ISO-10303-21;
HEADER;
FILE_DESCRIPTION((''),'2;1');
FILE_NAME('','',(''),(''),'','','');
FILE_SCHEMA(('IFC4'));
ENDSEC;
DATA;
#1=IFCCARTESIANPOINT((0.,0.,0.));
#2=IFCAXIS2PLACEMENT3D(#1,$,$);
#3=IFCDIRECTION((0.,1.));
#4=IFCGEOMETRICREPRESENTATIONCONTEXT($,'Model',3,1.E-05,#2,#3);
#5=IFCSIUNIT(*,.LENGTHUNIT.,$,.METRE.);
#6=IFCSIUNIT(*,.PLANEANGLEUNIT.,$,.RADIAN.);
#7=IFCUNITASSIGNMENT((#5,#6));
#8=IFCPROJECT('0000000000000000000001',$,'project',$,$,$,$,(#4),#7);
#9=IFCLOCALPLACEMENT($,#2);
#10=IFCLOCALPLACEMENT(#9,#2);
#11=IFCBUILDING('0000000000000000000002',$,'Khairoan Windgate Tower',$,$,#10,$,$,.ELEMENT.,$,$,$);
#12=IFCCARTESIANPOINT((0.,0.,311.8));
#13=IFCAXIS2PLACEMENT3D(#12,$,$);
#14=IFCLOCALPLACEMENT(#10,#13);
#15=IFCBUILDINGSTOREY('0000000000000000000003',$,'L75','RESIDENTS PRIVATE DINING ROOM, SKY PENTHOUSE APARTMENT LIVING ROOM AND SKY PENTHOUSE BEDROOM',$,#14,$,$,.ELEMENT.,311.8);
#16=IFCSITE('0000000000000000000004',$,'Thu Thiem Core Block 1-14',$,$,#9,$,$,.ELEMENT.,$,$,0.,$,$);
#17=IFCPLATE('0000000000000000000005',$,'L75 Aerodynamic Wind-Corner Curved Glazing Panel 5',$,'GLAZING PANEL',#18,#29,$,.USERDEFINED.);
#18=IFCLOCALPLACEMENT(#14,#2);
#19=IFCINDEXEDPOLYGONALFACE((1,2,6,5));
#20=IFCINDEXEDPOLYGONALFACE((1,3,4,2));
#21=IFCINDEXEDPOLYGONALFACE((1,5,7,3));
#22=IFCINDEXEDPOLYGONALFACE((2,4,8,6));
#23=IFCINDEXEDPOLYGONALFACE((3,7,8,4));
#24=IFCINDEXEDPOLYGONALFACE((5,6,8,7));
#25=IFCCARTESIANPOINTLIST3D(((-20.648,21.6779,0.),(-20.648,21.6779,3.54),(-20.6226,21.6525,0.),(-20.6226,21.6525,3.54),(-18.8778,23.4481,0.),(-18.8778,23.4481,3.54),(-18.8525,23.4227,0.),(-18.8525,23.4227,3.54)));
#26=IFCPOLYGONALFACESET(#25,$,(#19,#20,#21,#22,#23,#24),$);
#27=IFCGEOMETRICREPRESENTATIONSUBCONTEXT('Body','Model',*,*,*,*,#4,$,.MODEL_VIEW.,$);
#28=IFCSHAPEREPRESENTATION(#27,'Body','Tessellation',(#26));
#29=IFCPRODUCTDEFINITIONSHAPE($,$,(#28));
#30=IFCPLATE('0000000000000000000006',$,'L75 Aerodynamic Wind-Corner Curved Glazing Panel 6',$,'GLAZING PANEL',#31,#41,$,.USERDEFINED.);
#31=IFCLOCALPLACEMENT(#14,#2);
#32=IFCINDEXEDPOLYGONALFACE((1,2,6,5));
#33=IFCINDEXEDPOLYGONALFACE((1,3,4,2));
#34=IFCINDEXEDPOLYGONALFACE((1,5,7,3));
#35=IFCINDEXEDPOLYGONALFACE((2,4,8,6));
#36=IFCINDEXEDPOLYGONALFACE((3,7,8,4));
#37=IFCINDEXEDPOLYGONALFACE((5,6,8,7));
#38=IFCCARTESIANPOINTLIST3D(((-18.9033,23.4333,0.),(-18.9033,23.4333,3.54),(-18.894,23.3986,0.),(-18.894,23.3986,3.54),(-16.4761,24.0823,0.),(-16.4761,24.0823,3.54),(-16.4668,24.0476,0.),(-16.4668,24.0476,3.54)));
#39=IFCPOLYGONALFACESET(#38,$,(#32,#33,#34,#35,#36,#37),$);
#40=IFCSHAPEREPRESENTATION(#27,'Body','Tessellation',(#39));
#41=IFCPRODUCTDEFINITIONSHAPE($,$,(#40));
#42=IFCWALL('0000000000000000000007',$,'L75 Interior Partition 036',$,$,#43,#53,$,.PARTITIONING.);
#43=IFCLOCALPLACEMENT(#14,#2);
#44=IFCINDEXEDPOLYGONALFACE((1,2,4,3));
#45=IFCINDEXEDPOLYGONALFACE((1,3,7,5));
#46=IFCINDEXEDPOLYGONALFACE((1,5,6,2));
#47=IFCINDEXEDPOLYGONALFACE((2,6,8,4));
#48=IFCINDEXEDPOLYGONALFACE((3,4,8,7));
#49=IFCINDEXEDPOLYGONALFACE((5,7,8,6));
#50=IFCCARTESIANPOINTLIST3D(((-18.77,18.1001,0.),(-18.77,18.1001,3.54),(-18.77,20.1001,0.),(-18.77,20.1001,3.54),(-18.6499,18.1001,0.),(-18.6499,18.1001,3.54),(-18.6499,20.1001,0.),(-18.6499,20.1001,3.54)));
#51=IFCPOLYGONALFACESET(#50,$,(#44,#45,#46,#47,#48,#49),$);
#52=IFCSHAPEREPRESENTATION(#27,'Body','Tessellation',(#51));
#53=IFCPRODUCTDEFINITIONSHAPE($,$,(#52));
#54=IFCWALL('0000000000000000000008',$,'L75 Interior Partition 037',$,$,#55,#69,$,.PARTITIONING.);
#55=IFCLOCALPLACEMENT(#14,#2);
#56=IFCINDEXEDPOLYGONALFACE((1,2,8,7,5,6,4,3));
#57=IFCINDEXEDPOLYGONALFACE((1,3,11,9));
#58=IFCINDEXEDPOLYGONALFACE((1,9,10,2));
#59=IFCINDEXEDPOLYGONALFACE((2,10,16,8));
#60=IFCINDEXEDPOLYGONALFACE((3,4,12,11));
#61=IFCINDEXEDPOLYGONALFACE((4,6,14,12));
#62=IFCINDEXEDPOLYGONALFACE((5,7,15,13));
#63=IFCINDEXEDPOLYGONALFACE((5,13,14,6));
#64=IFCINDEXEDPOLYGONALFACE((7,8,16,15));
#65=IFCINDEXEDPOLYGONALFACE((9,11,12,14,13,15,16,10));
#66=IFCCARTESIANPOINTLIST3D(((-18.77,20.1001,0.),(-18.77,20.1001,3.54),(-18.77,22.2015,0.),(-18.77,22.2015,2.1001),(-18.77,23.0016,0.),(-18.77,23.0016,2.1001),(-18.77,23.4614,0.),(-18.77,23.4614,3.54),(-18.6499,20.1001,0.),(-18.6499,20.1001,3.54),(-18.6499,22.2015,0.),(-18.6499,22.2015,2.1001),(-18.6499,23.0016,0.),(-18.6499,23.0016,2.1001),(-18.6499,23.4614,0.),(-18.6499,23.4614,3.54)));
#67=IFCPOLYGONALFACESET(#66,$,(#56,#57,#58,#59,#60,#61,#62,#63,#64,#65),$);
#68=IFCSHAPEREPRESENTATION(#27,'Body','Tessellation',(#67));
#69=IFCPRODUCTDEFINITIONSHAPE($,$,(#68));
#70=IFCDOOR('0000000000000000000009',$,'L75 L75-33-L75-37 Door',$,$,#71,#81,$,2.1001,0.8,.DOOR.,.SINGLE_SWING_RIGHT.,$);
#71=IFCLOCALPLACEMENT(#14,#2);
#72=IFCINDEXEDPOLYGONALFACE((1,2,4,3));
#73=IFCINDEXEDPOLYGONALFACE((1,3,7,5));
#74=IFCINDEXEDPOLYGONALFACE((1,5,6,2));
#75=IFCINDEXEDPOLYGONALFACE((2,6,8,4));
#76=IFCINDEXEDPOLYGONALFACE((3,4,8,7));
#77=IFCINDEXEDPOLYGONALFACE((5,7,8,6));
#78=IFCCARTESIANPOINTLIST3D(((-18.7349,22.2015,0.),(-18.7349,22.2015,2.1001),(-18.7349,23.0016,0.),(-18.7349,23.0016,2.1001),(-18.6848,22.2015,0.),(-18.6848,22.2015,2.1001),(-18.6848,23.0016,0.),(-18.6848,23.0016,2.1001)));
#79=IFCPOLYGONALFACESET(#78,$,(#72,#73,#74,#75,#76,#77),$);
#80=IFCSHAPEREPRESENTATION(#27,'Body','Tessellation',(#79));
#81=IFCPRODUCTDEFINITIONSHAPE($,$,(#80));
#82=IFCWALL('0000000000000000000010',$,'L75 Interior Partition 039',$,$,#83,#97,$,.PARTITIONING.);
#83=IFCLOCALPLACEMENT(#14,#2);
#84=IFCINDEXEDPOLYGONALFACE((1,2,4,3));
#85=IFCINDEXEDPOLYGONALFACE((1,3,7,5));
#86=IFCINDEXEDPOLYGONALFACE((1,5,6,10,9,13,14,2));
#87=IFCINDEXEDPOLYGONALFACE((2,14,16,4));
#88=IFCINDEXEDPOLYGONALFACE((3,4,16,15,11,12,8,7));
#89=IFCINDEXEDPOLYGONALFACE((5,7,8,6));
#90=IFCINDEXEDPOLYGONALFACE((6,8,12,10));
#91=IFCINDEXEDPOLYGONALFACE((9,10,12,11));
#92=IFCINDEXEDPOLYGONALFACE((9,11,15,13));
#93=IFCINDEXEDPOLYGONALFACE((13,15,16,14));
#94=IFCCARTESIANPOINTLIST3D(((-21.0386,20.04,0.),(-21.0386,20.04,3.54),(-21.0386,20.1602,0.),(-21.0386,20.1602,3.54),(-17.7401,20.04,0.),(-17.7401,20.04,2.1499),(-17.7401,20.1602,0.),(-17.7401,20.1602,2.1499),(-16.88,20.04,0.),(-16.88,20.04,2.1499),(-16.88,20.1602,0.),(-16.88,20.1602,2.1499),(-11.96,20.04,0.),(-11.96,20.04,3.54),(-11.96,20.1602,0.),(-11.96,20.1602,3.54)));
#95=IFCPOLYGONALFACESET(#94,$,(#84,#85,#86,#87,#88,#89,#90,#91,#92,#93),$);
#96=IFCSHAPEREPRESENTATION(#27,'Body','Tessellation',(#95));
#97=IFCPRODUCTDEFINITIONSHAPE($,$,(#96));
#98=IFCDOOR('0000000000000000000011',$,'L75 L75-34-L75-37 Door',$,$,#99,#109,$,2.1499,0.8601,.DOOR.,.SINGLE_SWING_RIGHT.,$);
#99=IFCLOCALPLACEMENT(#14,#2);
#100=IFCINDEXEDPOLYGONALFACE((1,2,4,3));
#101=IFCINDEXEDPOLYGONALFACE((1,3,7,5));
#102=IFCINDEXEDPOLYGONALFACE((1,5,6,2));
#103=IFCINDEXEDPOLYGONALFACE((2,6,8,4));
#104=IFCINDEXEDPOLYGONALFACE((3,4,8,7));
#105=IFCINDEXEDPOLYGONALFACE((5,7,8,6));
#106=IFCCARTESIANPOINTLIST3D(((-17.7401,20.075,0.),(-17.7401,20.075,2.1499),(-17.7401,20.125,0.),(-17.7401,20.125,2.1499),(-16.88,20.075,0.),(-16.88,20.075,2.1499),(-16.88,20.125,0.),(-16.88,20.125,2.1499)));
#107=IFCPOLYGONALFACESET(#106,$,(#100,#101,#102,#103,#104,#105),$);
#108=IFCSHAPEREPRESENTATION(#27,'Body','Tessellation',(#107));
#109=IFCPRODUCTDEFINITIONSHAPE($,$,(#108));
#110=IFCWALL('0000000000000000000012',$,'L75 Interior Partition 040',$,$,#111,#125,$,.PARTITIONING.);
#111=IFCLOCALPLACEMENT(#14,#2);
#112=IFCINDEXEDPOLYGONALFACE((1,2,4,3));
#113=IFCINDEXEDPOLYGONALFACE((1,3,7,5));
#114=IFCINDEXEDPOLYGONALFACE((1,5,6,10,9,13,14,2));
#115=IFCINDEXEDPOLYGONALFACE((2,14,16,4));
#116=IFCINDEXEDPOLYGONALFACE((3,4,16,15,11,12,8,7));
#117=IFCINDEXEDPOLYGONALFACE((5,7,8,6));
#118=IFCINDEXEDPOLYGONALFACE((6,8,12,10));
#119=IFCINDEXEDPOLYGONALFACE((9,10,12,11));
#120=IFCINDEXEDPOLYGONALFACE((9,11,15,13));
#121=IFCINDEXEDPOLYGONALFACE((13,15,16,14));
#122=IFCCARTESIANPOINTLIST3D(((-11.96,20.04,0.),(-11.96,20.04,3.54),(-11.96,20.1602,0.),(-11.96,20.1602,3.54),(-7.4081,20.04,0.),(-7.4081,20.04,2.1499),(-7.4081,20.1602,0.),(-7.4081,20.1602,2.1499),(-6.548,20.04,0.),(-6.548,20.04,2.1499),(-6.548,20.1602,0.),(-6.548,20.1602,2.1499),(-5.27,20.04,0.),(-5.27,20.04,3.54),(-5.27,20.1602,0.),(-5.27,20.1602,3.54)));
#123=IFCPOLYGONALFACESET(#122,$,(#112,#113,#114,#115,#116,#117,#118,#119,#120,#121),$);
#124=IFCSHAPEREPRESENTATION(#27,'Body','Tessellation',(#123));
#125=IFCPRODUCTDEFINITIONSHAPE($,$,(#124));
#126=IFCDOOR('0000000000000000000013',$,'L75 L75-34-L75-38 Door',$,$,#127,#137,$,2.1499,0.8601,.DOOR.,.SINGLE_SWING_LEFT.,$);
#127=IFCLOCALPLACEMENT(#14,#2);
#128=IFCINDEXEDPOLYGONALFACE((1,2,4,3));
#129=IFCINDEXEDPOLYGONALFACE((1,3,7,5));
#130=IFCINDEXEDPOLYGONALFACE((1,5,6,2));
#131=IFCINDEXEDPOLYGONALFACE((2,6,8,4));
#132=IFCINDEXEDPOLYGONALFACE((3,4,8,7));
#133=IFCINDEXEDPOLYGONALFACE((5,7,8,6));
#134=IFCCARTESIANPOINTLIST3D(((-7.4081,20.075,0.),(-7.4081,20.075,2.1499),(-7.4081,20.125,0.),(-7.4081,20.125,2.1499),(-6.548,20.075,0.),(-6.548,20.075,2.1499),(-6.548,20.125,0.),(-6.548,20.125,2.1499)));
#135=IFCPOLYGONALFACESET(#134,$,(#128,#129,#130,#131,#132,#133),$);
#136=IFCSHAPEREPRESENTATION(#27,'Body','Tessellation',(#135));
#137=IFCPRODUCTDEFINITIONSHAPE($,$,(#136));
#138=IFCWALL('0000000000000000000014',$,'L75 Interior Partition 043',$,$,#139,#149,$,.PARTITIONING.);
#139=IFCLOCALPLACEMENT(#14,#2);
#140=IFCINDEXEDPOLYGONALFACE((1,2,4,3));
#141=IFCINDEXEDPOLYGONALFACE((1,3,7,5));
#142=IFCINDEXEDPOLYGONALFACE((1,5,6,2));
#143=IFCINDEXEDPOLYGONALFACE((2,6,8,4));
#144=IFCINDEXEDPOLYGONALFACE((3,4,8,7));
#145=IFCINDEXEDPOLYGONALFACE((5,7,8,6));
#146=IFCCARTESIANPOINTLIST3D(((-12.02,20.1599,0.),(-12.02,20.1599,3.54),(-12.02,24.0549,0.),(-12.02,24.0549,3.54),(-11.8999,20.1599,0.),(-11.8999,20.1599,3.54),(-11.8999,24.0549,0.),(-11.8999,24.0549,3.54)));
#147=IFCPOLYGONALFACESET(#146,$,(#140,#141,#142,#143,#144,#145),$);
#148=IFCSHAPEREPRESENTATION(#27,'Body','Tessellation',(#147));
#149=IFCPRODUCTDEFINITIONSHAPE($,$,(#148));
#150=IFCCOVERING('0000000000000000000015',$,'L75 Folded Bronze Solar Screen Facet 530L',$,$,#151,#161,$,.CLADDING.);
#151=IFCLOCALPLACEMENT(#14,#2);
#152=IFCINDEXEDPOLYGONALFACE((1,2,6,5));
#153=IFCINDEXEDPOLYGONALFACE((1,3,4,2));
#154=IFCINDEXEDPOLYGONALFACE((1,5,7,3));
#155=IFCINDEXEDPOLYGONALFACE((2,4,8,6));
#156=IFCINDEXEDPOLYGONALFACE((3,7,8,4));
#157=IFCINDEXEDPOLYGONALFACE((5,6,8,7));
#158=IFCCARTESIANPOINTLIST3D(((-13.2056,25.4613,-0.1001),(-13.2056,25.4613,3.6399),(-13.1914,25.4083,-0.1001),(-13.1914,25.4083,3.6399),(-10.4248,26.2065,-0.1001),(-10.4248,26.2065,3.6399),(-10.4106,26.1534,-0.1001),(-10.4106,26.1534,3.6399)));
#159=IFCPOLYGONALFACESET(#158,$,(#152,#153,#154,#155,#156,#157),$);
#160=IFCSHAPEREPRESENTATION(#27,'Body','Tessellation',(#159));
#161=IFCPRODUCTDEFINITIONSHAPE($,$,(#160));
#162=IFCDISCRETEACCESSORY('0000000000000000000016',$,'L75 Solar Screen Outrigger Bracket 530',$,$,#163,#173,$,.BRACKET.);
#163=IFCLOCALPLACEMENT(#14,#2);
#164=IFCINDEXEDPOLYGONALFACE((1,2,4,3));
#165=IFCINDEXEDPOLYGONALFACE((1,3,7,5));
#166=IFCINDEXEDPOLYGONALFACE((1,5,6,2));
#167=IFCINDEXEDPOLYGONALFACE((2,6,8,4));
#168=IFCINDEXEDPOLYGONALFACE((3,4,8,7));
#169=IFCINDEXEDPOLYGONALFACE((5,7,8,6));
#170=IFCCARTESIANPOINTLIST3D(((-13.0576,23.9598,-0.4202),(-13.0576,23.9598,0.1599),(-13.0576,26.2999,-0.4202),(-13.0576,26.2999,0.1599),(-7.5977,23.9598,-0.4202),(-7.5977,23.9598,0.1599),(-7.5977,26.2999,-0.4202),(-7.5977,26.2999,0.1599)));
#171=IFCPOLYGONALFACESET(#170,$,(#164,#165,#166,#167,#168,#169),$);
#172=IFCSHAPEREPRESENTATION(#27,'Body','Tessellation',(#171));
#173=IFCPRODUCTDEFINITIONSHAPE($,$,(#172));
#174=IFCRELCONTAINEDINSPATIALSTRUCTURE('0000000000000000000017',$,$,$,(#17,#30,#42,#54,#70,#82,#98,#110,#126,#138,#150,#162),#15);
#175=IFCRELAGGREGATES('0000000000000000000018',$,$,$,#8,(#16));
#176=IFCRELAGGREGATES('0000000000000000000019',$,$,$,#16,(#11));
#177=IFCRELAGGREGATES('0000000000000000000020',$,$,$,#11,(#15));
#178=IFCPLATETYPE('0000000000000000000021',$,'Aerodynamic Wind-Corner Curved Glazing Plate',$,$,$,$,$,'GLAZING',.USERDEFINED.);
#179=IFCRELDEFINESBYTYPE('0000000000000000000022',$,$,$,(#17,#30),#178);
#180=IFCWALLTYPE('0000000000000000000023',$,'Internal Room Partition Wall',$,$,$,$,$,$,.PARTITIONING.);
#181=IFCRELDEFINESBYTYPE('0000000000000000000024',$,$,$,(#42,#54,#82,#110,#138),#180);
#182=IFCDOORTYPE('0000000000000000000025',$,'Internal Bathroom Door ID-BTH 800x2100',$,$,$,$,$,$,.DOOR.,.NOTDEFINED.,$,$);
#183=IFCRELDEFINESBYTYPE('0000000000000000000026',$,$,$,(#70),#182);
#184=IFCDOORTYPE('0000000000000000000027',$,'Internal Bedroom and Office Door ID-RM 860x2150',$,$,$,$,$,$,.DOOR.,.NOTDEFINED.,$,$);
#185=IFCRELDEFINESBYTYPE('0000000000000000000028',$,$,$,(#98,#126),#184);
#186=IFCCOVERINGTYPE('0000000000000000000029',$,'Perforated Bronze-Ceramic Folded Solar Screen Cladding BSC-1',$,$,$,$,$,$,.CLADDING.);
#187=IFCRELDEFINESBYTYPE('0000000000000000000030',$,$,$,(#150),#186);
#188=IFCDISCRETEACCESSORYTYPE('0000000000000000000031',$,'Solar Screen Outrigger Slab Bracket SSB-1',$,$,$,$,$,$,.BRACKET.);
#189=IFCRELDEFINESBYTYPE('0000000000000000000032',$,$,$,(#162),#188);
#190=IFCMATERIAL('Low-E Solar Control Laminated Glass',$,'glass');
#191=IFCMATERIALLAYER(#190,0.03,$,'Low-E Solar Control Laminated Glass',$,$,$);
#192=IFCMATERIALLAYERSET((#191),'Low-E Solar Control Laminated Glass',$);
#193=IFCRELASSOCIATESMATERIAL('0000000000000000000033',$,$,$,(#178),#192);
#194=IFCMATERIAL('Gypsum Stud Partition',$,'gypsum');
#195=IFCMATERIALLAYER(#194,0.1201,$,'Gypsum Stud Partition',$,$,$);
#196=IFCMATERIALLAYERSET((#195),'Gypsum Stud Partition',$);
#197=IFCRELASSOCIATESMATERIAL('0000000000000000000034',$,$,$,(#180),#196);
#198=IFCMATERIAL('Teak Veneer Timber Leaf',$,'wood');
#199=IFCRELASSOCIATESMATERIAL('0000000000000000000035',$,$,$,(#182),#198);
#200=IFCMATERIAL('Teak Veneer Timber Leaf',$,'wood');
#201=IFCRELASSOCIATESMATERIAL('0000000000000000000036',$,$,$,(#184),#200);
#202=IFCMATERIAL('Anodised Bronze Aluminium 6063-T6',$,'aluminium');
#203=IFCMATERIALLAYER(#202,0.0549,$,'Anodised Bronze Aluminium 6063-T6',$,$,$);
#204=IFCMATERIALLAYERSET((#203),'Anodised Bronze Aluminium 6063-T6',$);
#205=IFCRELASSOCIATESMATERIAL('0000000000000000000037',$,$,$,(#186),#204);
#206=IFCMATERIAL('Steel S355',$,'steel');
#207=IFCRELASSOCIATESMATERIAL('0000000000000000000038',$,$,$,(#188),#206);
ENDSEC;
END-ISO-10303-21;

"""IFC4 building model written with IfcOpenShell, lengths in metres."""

from ifc_helpers import new_model, si_unit, direction, frame, frame_2d, origin, origin_2d, place, context, subcontext, project, spatial, rectangle, extrude, material, layer, layer_set, type_object, element, fill, save


model = new_model("IFC4")

# Units and contexts
model_context = context("Model", 3, precision=1e-05, world=origin(), true_north=direction((0.0, 1.0)))
body_context = subcontext(model_context, "Body", "Model", "MODEL_VIEW")
ifc_project = project(units=[si_unit("LENGTHUNIT", "METRE"), si_unit("PLANEANGLEUNIT", "RADIAN")], contexts=[model_context])

# Site, building, storey
site_placement = place(None, origin())
site = spatial("IfcSite", under=ifc_project, at=site_placement, Name="Thu Thiem Core Block 1-14", CompositionType="ELEMENT", RefElevation=0.0)
building_placement = place(site_placement, origin())
building = spatial("IfcBuilding", under=site, at=building_placement, Name="Khairoan Windgate Tower", CompositionType="ELEMENT")
storey_placement = place(building_placement, frame((0.0, 0.0, 311.8)))
storey = spatial("IfcBuildingStorey", under=building, at=storey_placement, Name="L75", Description="RESIDENTS PRIVATE DINING ROOM, SKY PENTHOUSE APARTMENT LIVING ROOM AND SKY PENTHOUSE BEDROOM", CompositionType="ELEMENT", Elevation=311.8)

# Plates
ifc_material_1 = material(Name="Low-E Solar Control Laminated Glass", Category="glass")
ifc_layer_1 = layer(ifc_material_1, 0.03, Name="Low-E Solar Control Laminated Glass")
ifc_layer_set_1 = layer_set([ifc_layer_1], Name="Low-E Solar Control Laminated Glass")
plate_type_1 = type_object("IfcPlateType", Name="Aerodynamic Wind-Corner Curved Glazing Plate", ElementType="GLAZING", PredefinedType="USERDEFINED", material=ifc_layer_set_1)
plate_1_placement = place(storey_placement, frame((-19.7502, 22.5503, 0.0), z_axis=(0.0, 0.0, 1.0), x_axis=(0.707107, 0.707107, 0.0)))
element("IfcPlate", 1, at=plate_1_placement, inside=storey, type_object=plate_type_1, Name="L75 Aerodynamic Wind-Corner Curved Glazing Panel 5", ObjectType="GLAZING PANEL", PredefinedType="USERDEFINED", context=body_context, shape_type="SweptSolid", body=[
    extrude(rectangle(XDim=2.5034, YDim=0.0359, at=origin_2d()), origin(), (0.0, 0.0, 1.0), 3.54),
])
plate_2_placement = place(storey_placement, frame((-17.6851, 23.7405, 0.0), z_axis=(0.0, 0.0, 1.0), x_axis=(0.966061, 0.258313, 0.0)))
element("IfcPlate", 2, at=plate_2_placement, inside=storey, type_object=plate_type_1, Name="L75 Aerodynamic Wind-Corner Curved Glazing Panel 6", ObjectType="GLAZING PANEL", PredefinedType="USERDEFINED", context=body_context, shape_type="SweptSolid", body=[
    extrude(rectangle(XDim=2.5125, YDim=0.0359, at=origin_2d()), origin(), (0.0, 0.0, 1.0), 3.54),
])

# Wall
ifc_material_2 = material(Name="Gypsum Stud Partition", Category="gypsum")
ifc_layer_2 = layer(ifc_material_2, 0.1201, Name="Gypsum Stud Partition")
ifc_layer_set_2 = layer_set([ifc_layer_2], Name="Gypsum Stud Partition")
wall_type = type_object("IfcWallType", Name="Internal Room Partition Wall", PredefinedType="PARTITIONING", material=ifc_layer_set_2)
wall_1_placement = place(storey_placement, frame((-18.71, 18.1001, 0.0), z_axis=(0.0, 0.0, 1.0), x_axis=(0.0, 1.0, 0.0)))
element("IfcWall", 3, at=wall_1_placement, inside=storey, type_object=wall_type, Name="L75 Interior Partition 036", PredefinedType="PARTITIONING", context=body_context, shape_type="SweptSolid", body=[
    extrude(rectangle(XDim=2.0, YDim=0.1201, at=frame_2d((1.0, 0.0))), origin(), (0.0, 0.0, 1.0), 3.54),
])

# Walls, openings, doors
wall_2_placement = place(storey_placement, frame((-18.71, 20.1001, 0.0), z_axis=(0.0, 0.0, 1.0), x_axis=(0.0, 1.0, 0.0)))
wall_2 = element("IfcWall", 4, at=wall_2_placement, inside=storey, type_object=wall_type, Name="L75 Interior Partition 037", PredefinedType="PARTITIONING", context=body_context, shape_type="SweptSolid", body=[
    extrude(rectangle(XDim=3.3613, YDim=0.1201, at=frame_2d((1.6807, 0.0))), origin(), (0.0, 0.0, 1.0), 3.54),
])
opening_1_placement = place(wall_2_placement, frame((2.1016, 0.0, 0.0)))
opening_1 = element("IfcOpeningElement", 5, at=opening_1_placement, cuts=wall_2, PredefinedType="OPENING", context=body_context, shape_type="SweptSolid", body=[
    extrude(rectangle(XDim=0.8, YDim=2.1001, at=frame_2d((0.3999, 1.05))), frame((0.0, 0.0701, 0.0), z_axis=(0.0, -1.0, 0.0), x_axis=(1.0, 0.0, 0.0)), (0.0, 0.0, 1.0), 0.1401),
])
ifc_material_3 = material(Name="Teak Veneer Timber Leaf", Category="wood")
door_type_1 = type_object("IfcDoorType", Name="Internal Bathroom Door ID-BTH 800x2100", OperationType="NOTDEFINED", PredefinedType="DOOR", material=ifc_material_3)
door_1_placement = place(opening_1_placement, origin())
door_1 = element("IfcDoor", 6, at=door_1_placement, inside=storey, type_object=door_type_1, Name="L75 L75-33-L75-37 Door", OperationType="SINGLE_SWING_RIGHT", OverallHeight=2.1001, OverallWidth=0.8, PredefinedType="DOOR", context=body_context, shape_type="SweptSolid", body=[
    extrude(rectangle(XDim=0.8, YDim=2.1001, at=frame_2d((0.3999, 1.05))), frame((0.0, 0.0249, 0.0), z_axis=(0.0, -1.0, 0.0), x_axis=(1.0, 0.0, 0.0)), (0.0, 0.0, 1.0), 0.05),
])
fill(opening_1, door_1)
wall_3_placement = place(storey_placement, frame((-21.0386, 20.1001, 0.0), z_axis=(0.0, 0.0, 1.0), x_axis=(1.0, 0.0, 0.0)))
wall_3 = element("IfcWall", 7, at=wall_3_placement, inside=storey, type_object=wall_type, Name="L75 Interior Partition 039", PredefinedType="PARTITIONING", context=body_context, shape_type="SweptSolid", body=[
    extrude(rectangle(XDim=9.0786, YDim=0.1201, at=frame_2d((4.5393, 0.0))), origin(), (0.0, 0.0, 1.0), 3.54),
])
opening_2_placement = place(wall_3_placement, frame((3.2983, 0.0, 0.0)))
opening_2 = element("IfcOpeningElement", 8, at=opening_2_placement, cuts=wall_3, PredefinedType="OPENING", context=body_context, shape_type="SweptSolid", body=[
    extrude(rectangle(XDim=0.8601, YDim=2.1499, at=frame_2d((0.4302, 1.075))), frame((0.0, 0.0701, 0.0), z_axis=(0.0, -1.0, 0.0), x_axis=(1.0, 0.0, 0.0)), (0.0, 0.0, 1.0), 0.1401),
])
ifc_material_4 = material(Name="Teak Veneer Timber Leaf", Category="wood")
door_type_2 = type_object("IfcDoorType", Name="Internal Bedroom and Office Door ID-RM 860x2150", OperationType="NOTDEFINED", PredefinedType="DOOR", material=ifc_material_4)
door_2_placement = place(opening_2_placement, origin())
door_2 = element("IfcDoor", 9, at=door_2_placement, inside=storey, type_object=door_type_2, Name="L75 L75-34-L75-37 Door", OperationType="SINGLE_SWING_RIGHT", OverallHeight=2.1499, OverallWidth=0.8601, PredefinedType="DOOR", context=body_context, shape_type="SweptSolid", body=[
    extrude(rectangle(XDim=0.8601, YDim=2.1499, at=frame_2d((0.4302, 1.075))), frame((0.0, 0.0249, 0.0), z_axis=(0.0, -1.0, 0.0), x_axis=(1.0, 0.0, 0.0)), (0.0, 0.0, 1.0), 0.05),
])
fill(opening_2, door_2)
wall_4_placement = place(storey_placement, frame((-11.96, 20.1001, 0.0), z_axis=(0.0, 0.0, 1.0), x_axis=(1.0, 0.0, 0.0)))
wall_4 = element("IfcWall", 10, at=wall_4_placement, inside=storey, type_object=wall_type, Name="L75 Interior Partition 040", PredefinedType="PARTITIONING", context=body_context, shape_type="SweptSolid", body=[
    extrude(rectangle(XDim=6.6899, YDim=0.1201, at=frame_2d((3.345, 0.0))), origin(), (0.0, 0.0, 1.0), 3.54),
])
opening_3_placement = place(wall_4_placement, frame((4.5518, 0.0, 0.0)))
opening_3 = element("IfcOpeningElement", 11, at=opening_3_placement, cuts=wall_4, PredefinedType="OPENING", context=body_context, shape_type="SweptSolid", body=[
    extrude(rectangle(XDim=0.8601, YDim=2.1499, at=frame_2d((0.4302, 1.075))), frame((0.0, 0.0701, 0.0), z_axis=(0.0, -1.0, 0.0), x_axis=(1.0, 0.0, 0.0)), (0.0, 0.0, 1.0), 0.1401),
])
door_3_placement = place(opening_3_placement, origin())
door_3 = element("IfcDoor", 12, at=door_3_placement, inside=storey, type_object=door_type_2, Name="L75 L75-34-L75-38 Door", OperationType="SINGLE_SWING_LEFT", OverallHeight=2.1499, OverallWidth=0.8601, PredefinedType="DOOR", context=body_context, shape_type="SweptSolid", body=[
    extrude(rectangle(XDim=0.8601, YDim=2.1499, at=frame_2d((0.4302, 1.075))), frame((0.0, 0.0249, 0.0), z_axis=(0.0, -1.0, 0.0), x_axis=(1.0, 0.0, 0.0)), (0.0, 0.0, 1.0), 0.05),
])
fill(opening_3, door_3)

# Wall
wall_5_placement = place(storey_placement, frame((-11.96, 20.1599, 0.0), z_axis=(0.0, 0.0, 1.0), x_axis=(0.0, 1.0, 0.0)))
element("IfcWall", 13, at=wall_5_placement, inside=storey, type_object=wall_type, Name="L75 Interior Partition 043", PredefinedType="PARTITIONING", context=body_context, shape_type="SweptSolid", body=[
    extrude(rectangle(XDim=3.895, YDim=0.1201, at=frame_2d((1.9475, 0.0))), origin(), (0.0, 0.0, 1.0), 3.54),
])

# Covering
ifc_material_5 = material(Name="Anodised Bronze Aluminium 6063-T6", Category="aluminium")
ifc_layer_3 = layer(ifc_material_5, 0.0549, Name="Anodised Bronze Aluminium 6063-T6")
ifc_layer_set_3 = layer_set([ifc_layer_3], Name="Anodised Bronze Aluminium 6063-T6")
covering_type = type_object("IfcCoveringType", Name="Perforated Bronze-Ceramic Folded Solar Screen Cladding BSC-1", PredefinedType="CLADDING", material=ifc_layer_set_3)
covering_placement = place(storey_placement, frame((-11.8081, 25.8074, -0.1001), z_axis=(0.0, 0.0, 1.0), x_axis=(0.965926, 0.258819, 0.0)))
element("IfcCovering", 14, at=covering_placement, inside=storey, type_object=covering_type, Name="L75 Folded Bronze Solar Screen Facet 530L", PredefinedType="CLADDING", context=body_context, shape_type="SweptSolid", body=[
    extrude(rectangle(XDim=2.8789, YDim=0.0549, at=origin_2d()), origin(), (0.0, 0.0, 1.0), 3.74),
])

# Discrete accessory
ifc_material_6 = material(Name="Steel S355", Category="steel")
discrete_accessory_type = type_object("IfcDiscreteAccessoryType", Name="Solar Screen Outrigger Slab Bracket SSB-1", PredefinedType="BRACKET", material=ifc_material_6)
discrete_accessory_placement = place(storey_placement, frame((-10.3276, 25.1299, -0.4202), z_axis=(0.0, 0.0, 1.0), x_axis=(1.0, 0.0, 0.0)))
element("IfcDiscreteAccessory", 15, at=discrete_accessory_placement, inside=storey, type_object=discrete_accessory_type, Name="L75 Solar Screen Outrigger Bracket 530", PredefinedType="BRACKET", context=body_context, shape_type="SweptSolid", body=[
    extrude(rectangle(XDim=5.46, YDim=2.3401, at=origin_2d()), origin(), (0.0, 0.0, 1.0), 0.5801),
])

save(model, "model.ifc")
